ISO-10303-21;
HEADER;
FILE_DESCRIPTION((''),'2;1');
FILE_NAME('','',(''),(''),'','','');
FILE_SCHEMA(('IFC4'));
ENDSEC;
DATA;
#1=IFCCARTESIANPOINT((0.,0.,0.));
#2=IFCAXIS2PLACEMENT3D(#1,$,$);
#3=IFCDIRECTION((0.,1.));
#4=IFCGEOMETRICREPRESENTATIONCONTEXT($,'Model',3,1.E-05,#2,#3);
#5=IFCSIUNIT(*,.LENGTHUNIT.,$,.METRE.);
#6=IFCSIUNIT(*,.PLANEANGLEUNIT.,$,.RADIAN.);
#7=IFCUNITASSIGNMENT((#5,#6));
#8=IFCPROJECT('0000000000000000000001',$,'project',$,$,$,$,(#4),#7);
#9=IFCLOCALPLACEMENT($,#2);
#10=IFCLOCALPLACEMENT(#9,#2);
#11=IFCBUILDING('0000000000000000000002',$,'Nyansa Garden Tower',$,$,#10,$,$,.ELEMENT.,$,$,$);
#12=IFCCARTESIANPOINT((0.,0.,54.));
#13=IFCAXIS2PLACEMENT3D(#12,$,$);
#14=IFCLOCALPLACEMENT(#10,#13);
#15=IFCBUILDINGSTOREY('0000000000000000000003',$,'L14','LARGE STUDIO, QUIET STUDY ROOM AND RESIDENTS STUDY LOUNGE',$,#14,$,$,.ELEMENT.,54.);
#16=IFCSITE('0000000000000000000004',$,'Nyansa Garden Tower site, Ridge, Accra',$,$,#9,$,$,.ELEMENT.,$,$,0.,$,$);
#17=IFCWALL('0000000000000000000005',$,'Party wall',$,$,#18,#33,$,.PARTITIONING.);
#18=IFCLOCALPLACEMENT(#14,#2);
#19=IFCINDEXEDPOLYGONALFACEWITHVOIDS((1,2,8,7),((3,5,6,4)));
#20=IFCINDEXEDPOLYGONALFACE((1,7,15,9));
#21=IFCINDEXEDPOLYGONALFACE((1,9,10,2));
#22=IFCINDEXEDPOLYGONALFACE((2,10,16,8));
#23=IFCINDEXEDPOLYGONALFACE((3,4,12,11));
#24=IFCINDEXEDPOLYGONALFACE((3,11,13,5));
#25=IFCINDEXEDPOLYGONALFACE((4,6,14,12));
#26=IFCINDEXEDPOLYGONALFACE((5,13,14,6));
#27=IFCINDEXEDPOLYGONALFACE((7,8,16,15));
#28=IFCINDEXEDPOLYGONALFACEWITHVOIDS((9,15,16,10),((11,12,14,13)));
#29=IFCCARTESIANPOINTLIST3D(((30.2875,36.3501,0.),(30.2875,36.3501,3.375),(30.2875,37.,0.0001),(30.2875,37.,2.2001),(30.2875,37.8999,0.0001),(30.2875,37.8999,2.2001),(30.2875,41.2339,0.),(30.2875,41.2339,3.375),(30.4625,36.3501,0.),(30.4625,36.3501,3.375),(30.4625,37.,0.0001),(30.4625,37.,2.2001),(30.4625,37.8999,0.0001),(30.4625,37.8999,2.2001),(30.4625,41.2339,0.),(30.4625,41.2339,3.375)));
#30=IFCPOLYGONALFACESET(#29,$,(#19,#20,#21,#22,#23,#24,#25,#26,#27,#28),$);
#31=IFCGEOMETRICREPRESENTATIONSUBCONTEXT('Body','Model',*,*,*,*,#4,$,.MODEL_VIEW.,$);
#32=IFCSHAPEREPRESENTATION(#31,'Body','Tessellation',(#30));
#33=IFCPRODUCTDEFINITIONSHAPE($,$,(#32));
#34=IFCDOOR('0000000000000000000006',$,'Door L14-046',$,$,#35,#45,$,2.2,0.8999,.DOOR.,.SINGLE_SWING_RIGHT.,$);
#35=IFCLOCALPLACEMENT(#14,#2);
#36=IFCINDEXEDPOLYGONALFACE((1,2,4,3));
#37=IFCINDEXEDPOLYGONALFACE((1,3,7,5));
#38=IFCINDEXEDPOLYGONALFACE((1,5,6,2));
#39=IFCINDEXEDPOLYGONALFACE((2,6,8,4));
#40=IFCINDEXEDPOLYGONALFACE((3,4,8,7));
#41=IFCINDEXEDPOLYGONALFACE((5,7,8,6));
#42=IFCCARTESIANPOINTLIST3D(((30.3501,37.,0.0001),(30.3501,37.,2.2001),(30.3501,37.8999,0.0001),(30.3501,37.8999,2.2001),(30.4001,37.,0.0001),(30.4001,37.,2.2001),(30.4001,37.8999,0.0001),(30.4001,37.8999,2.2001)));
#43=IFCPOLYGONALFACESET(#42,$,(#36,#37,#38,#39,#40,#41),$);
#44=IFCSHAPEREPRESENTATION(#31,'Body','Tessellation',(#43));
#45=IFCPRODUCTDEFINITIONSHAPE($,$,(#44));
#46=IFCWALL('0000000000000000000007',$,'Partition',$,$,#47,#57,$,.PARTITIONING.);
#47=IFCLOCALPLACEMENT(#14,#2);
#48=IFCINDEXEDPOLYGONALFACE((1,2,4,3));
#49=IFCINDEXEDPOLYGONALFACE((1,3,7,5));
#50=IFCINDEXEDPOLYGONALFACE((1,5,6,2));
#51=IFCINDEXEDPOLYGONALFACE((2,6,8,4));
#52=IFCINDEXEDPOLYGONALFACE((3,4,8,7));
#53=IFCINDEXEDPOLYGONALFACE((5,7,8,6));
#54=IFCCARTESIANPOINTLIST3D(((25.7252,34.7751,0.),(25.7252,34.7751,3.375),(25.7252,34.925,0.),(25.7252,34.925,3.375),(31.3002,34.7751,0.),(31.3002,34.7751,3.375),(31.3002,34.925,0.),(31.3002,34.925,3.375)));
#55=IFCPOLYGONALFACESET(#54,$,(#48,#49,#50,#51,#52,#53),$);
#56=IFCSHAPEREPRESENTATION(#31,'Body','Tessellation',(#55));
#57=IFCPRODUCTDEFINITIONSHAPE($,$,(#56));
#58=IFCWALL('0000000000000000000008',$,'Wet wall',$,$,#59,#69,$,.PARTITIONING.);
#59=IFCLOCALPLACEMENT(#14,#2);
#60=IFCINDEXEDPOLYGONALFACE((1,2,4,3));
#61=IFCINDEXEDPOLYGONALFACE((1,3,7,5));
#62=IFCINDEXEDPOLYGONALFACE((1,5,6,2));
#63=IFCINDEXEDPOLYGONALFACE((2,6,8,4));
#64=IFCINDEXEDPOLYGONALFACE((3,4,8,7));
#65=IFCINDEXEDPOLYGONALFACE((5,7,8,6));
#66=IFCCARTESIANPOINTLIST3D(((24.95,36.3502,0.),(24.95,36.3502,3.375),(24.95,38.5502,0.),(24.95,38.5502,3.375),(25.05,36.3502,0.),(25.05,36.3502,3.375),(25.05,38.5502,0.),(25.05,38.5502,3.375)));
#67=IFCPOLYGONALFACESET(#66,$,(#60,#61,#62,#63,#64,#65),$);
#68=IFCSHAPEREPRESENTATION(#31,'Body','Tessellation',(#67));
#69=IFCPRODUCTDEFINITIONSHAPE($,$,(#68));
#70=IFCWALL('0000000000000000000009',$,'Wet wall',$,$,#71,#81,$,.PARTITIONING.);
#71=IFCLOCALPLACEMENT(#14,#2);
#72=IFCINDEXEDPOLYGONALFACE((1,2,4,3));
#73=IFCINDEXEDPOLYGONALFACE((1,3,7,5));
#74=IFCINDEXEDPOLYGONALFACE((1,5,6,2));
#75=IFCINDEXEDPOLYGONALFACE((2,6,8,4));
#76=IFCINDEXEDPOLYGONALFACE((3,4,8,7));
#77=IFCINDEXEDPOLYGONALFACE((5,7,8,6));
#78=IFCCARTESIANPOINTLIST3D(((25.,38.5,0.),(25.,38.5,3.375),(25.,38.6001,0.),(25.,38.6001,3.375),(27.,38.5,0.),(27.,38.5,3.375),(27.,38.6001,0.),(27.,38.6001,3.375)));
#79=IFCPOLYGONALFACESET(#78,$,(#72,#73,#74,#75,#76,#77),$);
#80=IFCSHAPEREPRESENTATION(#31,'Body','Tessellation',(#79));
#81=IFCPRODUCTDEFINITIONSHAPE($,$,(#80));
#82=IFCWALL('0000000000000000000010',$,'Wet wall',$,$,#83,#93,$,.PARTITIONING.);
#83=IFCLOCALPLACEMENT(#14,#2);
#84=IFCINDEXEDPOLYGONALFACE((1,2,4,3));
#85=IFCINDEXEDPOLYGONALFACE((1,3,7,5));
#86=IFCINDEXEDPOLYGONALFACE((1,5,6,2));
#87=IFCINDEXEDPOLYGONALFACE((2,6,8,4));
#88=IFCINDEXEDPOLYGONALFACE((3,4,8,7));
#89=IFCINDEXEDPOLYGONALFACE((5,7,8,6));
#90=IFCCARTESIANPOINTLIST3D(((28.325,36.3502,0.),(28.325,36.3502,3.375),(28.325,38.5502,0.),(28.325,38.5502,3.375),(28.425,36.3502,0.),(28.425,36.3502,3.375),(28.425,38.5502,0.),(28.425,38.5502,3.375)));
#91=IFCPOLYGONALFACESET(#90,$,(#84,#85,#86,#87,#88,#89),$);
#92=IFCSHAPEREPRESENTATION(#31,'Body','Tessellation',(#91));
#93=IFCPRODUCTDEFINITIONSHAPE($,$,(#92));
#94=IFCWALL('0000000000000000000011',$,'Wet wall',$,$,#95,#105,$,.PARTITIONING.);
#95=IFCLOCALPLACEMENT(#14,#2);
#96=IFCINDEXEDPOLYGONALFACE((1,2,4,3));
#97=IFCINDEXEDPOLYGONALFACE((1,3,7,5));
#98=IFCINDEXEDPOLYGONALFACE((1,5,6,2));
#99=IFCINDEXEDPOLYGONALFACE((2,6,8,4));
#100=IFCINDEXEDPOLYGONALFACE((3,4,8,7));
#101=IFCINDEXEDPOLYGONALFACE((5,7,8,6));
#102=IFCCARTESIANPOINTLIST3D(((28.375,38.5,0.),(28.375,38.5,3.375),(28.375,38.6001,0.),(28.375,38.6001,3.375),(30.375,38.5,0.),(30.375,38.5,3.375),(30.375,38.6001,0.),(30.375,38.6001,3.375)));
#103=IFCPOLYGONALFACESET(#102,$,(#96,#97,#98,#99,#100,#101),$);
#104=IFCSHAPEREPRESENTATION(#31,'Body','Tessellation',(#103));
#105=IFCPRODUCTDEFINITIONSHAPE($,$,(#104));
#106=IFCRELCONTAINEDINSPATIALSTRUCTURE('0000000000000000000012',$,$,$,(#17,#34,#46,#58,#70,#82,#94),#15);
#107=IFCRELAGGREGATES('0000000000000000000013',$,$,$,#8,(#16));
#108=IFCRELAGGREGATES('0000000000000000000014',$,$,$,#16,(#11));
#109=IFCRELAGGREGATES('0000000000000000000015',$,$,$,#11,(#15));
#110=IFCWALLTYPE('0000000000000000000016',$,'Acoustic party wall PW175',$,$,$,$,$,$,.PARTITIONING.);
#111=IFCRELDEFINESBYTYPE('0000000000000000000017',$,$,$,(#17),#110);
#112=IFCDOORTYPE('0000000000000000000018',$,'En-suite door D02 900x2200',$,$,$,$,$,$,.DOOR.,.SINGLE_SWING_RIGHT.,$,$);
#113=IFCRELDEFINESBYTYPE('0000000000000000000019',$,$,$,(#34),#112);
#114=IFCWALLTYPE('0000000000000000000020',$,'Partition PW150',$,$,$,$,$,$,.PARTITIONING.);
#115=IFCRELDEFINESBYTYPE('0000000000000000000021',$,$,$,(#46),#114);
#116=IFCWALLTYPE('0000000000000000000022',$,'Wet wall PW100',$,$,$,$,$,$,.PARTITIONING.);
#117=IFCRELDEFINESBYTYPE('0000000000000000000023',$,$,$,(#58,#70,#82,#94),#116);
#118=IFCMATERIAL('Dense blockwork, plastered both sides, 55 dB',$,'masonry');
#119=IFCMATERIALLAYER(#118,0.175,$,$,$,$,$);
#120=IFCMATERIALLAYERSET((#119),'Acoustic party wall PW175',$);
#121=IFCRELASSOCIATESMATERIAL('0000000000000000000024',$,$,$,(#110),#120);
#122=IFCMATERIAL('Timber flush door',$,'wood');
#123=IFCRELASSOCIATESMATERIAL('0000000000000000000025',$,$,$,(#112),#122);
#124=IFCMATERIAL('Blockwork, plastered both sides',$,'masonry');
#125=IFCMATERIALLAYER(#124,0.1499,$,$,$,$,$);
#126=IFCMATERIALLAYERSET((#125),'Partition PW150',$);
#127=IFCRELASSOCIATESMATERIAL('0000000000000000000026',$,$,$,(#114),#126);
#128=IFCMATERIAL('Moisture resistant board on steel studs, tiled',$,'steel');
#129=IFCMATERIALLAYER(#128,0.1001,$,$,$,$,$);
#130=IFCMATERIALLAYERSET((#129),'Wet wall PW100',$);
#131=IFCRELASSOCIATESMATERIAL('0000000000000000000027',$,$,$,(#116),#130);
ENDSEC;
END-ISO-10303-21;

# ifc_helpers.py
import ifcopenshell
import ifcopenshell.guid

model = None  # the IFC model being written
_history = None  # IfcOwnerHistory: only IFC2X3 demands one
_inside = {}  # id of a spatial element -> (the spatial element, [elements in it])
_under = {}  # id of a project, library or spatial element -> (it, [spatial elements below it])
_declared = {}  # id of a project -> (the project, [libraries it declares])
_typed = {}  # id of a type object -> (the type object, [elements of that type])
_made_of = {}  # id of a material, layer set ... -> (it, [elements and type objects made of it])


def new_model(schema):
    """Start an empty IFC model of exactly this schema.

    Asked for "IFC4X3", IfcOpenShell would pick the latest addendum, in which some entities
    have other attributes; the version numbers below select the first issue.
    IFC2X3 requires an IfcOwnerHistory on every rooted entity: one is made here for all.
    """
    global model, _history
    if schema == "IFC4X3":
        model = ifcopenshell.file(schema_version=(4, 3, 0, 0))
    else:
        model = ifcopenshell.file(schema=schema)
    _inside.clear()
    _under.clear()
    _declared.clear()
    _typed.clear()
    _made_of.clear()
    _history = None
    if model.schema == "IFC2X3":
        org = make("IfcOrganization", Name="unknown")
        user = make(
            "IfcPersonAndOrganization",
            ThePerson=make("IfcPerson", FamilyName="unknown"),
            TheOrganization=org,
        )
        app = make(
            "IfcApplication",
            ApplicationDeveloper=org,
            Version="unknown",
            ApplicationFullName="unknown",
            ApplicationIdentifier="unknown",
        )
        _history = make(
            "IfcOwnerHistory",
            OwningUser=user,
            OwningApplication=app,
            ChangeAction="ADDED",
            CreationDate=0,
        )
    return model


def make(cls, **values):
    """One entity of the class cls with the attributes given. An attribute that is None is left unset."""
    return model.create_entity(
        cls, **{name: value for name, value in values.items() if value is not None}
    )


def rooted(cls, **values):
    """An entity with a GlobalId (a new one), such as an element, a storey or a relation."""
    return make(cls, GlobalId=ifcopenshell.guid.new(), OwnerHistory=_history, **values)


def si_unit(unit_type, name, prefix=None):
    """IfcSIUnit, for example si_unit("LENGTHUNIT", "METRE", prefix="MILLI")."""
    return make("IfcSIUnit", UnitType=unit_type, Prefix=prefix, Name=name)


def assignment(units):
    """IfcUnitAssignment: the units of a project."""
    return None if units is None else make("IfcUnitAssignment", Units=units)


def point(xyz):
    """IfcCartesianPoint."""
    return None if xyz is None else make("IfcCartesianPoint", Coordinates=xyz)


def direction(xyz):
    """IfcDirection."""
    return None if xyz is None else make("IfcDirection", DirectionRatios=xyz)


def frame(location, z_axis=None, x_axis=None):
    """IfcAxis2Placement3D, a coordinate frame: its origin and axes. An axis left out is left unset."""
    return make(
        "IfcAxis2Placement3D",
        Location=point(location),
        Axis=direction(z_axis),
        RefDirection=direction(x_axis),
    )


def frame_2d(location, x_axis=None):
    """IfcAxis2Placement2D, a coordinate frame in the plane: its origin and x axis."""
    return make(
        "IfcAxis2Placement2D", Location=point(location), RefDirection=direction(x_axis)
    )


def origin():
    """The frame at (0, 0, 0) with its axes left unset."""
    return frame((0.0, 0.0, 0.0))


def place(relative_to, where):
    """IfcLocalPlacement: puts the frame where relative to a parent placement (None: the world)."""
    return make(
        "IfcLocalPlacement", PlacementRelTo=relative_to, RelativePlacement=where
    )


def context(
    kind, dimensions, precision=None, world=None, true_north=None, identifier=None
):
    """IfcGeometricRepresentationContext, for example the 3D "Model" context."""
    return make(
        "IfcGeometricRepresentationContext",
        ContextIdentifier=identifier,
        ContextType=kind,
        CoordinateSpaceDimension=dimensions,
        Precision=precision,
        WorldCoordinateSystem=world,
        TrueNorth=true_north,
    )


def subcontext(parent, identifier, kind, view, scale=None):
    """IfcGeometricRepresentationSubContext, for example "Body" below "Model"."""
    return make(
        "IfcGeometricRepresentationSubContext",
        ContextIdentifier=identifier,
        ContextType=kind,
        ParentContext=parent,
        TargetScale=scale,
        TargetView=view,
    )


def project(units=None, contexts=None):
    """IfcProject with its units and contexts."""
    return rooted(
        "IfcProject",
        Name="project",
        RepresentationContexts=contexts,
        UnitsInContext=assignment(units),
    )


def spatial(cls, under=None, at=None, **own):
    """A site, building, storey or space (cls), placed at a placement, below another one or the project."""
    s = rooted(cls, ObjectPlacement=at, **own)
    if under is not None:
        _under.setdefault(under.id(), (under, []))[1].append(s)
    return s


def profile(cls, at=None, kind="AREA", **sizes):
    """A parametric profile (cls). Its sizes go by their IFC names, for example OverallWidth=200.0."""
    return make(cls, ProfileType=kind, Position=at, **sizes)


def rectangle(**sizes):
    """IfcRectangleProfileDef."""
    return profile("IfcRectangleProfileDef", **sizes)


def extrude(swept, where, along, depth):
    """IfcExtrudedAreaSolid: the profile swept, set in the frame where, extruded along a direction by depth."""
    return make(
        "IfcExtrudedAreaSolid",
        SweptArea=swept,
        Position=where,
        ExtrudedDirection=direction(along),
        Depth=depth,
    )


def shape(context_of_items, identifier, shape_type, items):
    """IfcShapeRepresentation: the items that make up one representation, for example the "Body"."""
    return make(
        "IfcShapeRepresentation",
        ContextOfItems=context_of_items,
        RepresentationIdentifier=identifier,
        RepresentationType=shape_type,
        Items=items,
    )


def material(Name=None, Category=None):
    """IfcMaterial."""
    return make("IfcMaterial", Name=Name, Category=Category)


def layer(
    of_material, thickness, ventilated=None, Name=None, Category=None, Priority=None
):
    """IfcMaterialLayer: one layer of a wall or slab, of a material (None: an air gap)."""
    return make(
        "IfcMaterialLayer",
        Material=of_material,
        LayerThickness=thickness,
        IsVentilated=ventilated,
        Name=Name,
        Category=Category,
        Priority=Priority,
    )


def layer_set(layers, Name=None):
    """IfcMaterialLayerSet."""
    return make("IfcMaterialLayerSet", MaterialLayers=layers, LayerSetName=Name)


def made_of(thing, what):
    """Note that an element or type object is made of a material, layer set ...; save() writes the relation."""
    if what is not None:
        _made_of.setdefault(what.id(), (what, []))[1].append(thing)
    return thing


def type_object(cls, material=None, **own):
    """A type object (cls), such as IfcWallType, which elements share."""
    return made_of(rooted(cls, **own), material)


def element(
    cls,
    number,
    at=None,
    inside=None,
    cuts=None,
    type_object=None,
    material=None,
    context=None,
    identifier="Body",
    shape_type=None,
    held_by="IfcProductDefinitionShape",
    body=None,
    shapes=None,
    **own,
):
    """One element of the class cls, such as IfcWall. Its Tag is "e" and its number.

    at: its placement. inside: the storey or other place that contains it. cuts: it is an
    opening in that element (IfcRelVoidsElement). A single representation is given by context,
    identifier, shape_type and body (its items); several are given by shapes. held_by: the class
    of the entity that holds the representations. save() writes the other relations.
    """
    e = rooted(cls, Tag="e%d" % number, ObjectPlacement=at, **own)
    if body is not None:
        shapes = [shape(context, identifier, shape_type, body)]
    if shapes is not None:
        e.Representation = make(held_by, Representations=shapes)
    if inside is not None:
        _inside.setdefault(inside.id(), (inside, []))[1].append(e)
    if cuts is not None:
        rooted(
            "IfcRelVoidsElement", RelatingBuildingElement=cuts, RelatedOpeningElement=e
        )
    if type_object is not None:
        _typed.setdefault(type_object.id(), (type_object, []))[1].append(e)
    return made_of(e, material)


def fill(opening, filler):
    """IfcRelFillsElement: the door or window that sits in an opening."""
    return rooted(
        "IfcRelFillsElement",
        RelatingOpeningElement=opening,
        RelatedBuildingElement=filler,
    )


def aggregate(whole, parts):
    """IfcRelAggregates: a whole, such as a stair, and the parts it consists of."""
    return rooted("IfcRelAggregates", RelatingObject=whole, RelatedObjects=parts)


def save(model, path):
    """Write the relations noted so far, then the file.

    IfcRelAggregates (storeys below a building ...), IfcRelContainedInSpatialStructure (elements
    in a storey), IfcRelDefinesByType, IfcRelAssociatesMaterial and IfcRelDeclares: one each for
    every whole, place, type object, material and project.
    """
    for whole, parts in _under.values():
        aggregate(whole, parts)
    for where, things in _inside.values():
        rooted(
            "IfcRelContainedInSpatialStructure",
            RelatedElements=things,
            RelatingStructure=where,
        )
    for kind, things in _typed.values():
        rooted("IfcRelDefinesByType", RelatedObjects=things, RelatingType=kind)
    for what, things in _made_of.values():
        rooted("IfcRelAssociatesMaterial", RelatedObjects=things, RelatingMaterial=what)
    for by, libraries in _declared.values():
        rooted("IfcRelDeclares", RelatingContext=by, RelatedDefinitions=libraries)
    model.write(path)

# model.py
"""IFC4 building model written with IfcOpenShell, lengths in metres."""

from ifc_helpers import new_model, si_unit, direction, frame, frame_2d, origin, place, context, subcontext, project, spatial, rectangle, extrude, material, layer, layer_set, type_object, element, fill, save


model = new_model("IFC4")

# Units and contexts
model_context = context("Model", 3, precision=1e-05, world=origin(), true_north=direction((0.0, 1.0)))
body_context = subcontext(model_context, "Body", "Model", "MODEL_VIEW")
ifc_project = project(units=[si_unit("LENGTHUNIT", "METRE"), si_unit("PLANEANGLEUNIT", "RADIAN")], contexts=[model_context])

# Site, building, storey
site_placement = place(None, origin())
site = spatial("IfcSite", under=ifc_project, at=site_placement, Name="Nyansa Garden Tower site, Ridge, Accra", CompositionType="ELEMENT", RefElevation=0.0)
building_placement = place(site_placement, origin())
building = spatial("IfcBuilding", under=site, at=building_placement, Name="Nyansa Garden Tower", CompositionType="ELEMENT")
storey_placement = place(building_placement, frame((0.0, 0.0, 54.0)))
storey = spatial("IfcBuildingStorey", under=building, at=storey_placement, Name="L14", Description="LARGE STUDIO, QUIET STUDY ROOM AND RESIDENTS STUDY LOUNGE", CompositionType="ELEMENT", Elevation=54.0)

# Wall, opening, door
ifc_material_1 = material(Name="Dense blockwork, plastered both sides, 55 dB", Category="masonry")
ifc_layer_1 = layer(ifc_material_1, 0.175)
ifc_layer_set_1 = layer_set([ifc_layer_1], Name="Acoustic party wall PW175")
wall_type_1 = type_object("IfcWallType", Name="Acoustic party wall PW175", PredefinedType="PARTITIONING", material=ifc_layer_set_1)
ifc_material_2 = material(Name="Timber flush door", Category="wood")
door_type = type_object("IfcDoorType", Name="En-suite door D02 900x2200", OperationType="SINGLE_SWING_RIGHT", PredefinedType="DOOR", material=ifc_material_2)
wall_1_placement = place(storey_placement, frame((30.375, 36.3501, 0.0), z_axis=(0.0, 0.0, 1.0), x_axis=(0.0, 1.0, 0.0)))
wall_1 = element("IfcWall", 1, at=wall_1_placement, inside=storey, type_object=wall_type_1, Name="Party wall", PredefinedType="PARTITIONING", context=body_context, shape_type="SweptSolid", body=[
    extrude(rectangle(XDim=4.8838, YDim=0.175, at=frame_2d((2.4419, 0.0))), origin(), (0.0, 0.0, 1.0), 3.375),
])
opening_1_placement = place(wall_1_placement, frame((0.6499, 0.0, 0.0)))
opening_1 = element("IfcOpeningElement", 2, at=opening_1_placement, cuts=wall_1, PredefinedType="OPENING", context=body_context, shape_type="SweptSolid", body=[
    extrude(rectangle(XDim=0.8999, YDim=2.2, at=frame_2d((0.45, 1.1001))), frame((0.0, 0.0974, 0.0), z_axis=(0.0, -1.0, 0.0), x_axis=(1.0, 0.0, 0.0)), (0.0, 0.0, 1.0), 0.1951),
])
door_1_placement = place(opening_1_placement, origin())
door_1 = element("IfcDoor", 3, at=door_1_placement, inside=storey, type_object=door_type, Name="Door L14-046", OperationType="SINGLE_SWING_RIGHT", OverallHeight=2.2, OverallWidth=0.8999, PredefinedType="DOOR", context=body_context, shape_type="SweptSolid", body=[
    extrude(rectangle(XDim=0.8999, YDim=2.2, at=frame_2d((0.45, 1.1001))), frame((0.0, 0.0249, 0.0), z_axis=(0.0, -1.0, 0.0), x_axis=(1.0, 0.0, 0.0)), (0.0, 0.0, 1.0), 0.05),
])
fill(opening_1, door_1)

# Walls
ifc_material_3 = material(Name="Blockwork, plastered both sides", Category="masonry")
ifc_layer_2 = layer(ifc_material_3, 0.1499)
ifc_layer_set_2 = layer_set([ifc_layer_2], Name="Partition PW150")
wall_type_2 = type_object("IfcWallType", Name="Partition PW150", PredefinedType="PARTITIONING", material=ifc_layer_set_2)
wall_2_placement = place(storey_placement, frame((25.7251, 34.8501, 0.0), z_axis=(0.0, 0.0, 1.0), x_axis=(1.0, 0.0, 0.0)))
element("IfcWall", 4, at=wall_2_placement, inside=storey, type_object=wall_type_2, Name="Partition", PredefinedType="PARTITIONING", context=body_context, shape_type="SweptSolid", body=[
    extrude(rectangle(XDim=5.575, YDim=0.1499, at=frame_2d((2.7876, 0.0))), origin(), (0.0, 0.0, 1.0), 3.375),
])
ifc_material_4 = material(Name="Moisture resistant board on steel studs, tiled", Category="steel")
ifc_layer_3 = layer(ifc_material_4, 0.1001)
ifc_layer_set_3 = layer_set([ifc_layer_3], Name="Wet wall PW100")
wall_type_3 = type_object("IfcWallType", Name="Wet wall PW100", PredefinedType="PARTITIONING", material=ifc_layer_set_3)
wall_3_placement = place(storey_placement, frame((25.0, 36.3501, 0.0), z_axis=(0.0, 0.0, 1.0), x_axis=(0.0, 1.0, 0.0)))
element("IfcWall", 5, at=wall_3_placement, inside=storey, type_object=wall_type_3, Name="Wet wall", PredefinedType="PARTITIONING", context=body_context, shape_type="SweptSolid", body=[
    extrude(rectangle(XDim=2.2, YDim=0.1001, at=frame_2d((1.1001, 0.0))), origin(), (0.0, 0.0, 1.0), 3.375),
])
wall_4_placement = place(storey_placement, frame((25.0, 38.55, 0.0), z_axis=(0.0, 0.0, 1.0), x_axis=(1.0, 0.0, 0.0)))
element("IfcWall", 6, at=wall_4_placement, inside=storey, type_object=wall_type_3, Name="Wet wall", PredefinedType="PARTITIONING", context=body_context, shape_type="SweptSolid", body=[
    extrude(rectangle(XDim=2.0, YDim=0.1001, at=frame_2d((1.0, 0.0))), origin(), (0.0, 0.0, 1.0), 3.375),
])
wall_5_placement = place(storey_placement, frame((28.375, 36.3501, 0.0), z_axis=(0.0, 0.0, 1.0), x_axis=(0.0, 1.0, 0.0)))
element("IfcWall", 7, at=wall_5_placement, inside=storey, type_object=wall_type_3, Name="Wet wall", PredefinedType="PARTITIONING", context=body_context, shape_type="SweptSolid", body=[
    extrude(rectangle(XDim=2.2, YDim=0.1001, at=frame_2d((1.1001, 0.0))), origin(), (0.0, 0.0, 1.0), 3.375),
])
wall_6_placement = place(storey_placement, frame((28.375, 38.55, 0.0), z_axis=(0.0, 0.0, 1.0), x_axis=(1.0, 0.0, 0.0)))
element("IfcWall", 8, at=wall_6_placement, inside=storey, type_object=wall_type_3, Name="Wet wall", PredefinedType="PARTITIONING", context=body_context, shape_type="SweptSolid", body=[
    extrude(rectangle(XDim=2.0, YDim=0.1001, at=frame_2d((1.0, 0.0))), origin(), (0.0, 0.0, 1.0), 3.375),
])

save(model, "model.ifc")
